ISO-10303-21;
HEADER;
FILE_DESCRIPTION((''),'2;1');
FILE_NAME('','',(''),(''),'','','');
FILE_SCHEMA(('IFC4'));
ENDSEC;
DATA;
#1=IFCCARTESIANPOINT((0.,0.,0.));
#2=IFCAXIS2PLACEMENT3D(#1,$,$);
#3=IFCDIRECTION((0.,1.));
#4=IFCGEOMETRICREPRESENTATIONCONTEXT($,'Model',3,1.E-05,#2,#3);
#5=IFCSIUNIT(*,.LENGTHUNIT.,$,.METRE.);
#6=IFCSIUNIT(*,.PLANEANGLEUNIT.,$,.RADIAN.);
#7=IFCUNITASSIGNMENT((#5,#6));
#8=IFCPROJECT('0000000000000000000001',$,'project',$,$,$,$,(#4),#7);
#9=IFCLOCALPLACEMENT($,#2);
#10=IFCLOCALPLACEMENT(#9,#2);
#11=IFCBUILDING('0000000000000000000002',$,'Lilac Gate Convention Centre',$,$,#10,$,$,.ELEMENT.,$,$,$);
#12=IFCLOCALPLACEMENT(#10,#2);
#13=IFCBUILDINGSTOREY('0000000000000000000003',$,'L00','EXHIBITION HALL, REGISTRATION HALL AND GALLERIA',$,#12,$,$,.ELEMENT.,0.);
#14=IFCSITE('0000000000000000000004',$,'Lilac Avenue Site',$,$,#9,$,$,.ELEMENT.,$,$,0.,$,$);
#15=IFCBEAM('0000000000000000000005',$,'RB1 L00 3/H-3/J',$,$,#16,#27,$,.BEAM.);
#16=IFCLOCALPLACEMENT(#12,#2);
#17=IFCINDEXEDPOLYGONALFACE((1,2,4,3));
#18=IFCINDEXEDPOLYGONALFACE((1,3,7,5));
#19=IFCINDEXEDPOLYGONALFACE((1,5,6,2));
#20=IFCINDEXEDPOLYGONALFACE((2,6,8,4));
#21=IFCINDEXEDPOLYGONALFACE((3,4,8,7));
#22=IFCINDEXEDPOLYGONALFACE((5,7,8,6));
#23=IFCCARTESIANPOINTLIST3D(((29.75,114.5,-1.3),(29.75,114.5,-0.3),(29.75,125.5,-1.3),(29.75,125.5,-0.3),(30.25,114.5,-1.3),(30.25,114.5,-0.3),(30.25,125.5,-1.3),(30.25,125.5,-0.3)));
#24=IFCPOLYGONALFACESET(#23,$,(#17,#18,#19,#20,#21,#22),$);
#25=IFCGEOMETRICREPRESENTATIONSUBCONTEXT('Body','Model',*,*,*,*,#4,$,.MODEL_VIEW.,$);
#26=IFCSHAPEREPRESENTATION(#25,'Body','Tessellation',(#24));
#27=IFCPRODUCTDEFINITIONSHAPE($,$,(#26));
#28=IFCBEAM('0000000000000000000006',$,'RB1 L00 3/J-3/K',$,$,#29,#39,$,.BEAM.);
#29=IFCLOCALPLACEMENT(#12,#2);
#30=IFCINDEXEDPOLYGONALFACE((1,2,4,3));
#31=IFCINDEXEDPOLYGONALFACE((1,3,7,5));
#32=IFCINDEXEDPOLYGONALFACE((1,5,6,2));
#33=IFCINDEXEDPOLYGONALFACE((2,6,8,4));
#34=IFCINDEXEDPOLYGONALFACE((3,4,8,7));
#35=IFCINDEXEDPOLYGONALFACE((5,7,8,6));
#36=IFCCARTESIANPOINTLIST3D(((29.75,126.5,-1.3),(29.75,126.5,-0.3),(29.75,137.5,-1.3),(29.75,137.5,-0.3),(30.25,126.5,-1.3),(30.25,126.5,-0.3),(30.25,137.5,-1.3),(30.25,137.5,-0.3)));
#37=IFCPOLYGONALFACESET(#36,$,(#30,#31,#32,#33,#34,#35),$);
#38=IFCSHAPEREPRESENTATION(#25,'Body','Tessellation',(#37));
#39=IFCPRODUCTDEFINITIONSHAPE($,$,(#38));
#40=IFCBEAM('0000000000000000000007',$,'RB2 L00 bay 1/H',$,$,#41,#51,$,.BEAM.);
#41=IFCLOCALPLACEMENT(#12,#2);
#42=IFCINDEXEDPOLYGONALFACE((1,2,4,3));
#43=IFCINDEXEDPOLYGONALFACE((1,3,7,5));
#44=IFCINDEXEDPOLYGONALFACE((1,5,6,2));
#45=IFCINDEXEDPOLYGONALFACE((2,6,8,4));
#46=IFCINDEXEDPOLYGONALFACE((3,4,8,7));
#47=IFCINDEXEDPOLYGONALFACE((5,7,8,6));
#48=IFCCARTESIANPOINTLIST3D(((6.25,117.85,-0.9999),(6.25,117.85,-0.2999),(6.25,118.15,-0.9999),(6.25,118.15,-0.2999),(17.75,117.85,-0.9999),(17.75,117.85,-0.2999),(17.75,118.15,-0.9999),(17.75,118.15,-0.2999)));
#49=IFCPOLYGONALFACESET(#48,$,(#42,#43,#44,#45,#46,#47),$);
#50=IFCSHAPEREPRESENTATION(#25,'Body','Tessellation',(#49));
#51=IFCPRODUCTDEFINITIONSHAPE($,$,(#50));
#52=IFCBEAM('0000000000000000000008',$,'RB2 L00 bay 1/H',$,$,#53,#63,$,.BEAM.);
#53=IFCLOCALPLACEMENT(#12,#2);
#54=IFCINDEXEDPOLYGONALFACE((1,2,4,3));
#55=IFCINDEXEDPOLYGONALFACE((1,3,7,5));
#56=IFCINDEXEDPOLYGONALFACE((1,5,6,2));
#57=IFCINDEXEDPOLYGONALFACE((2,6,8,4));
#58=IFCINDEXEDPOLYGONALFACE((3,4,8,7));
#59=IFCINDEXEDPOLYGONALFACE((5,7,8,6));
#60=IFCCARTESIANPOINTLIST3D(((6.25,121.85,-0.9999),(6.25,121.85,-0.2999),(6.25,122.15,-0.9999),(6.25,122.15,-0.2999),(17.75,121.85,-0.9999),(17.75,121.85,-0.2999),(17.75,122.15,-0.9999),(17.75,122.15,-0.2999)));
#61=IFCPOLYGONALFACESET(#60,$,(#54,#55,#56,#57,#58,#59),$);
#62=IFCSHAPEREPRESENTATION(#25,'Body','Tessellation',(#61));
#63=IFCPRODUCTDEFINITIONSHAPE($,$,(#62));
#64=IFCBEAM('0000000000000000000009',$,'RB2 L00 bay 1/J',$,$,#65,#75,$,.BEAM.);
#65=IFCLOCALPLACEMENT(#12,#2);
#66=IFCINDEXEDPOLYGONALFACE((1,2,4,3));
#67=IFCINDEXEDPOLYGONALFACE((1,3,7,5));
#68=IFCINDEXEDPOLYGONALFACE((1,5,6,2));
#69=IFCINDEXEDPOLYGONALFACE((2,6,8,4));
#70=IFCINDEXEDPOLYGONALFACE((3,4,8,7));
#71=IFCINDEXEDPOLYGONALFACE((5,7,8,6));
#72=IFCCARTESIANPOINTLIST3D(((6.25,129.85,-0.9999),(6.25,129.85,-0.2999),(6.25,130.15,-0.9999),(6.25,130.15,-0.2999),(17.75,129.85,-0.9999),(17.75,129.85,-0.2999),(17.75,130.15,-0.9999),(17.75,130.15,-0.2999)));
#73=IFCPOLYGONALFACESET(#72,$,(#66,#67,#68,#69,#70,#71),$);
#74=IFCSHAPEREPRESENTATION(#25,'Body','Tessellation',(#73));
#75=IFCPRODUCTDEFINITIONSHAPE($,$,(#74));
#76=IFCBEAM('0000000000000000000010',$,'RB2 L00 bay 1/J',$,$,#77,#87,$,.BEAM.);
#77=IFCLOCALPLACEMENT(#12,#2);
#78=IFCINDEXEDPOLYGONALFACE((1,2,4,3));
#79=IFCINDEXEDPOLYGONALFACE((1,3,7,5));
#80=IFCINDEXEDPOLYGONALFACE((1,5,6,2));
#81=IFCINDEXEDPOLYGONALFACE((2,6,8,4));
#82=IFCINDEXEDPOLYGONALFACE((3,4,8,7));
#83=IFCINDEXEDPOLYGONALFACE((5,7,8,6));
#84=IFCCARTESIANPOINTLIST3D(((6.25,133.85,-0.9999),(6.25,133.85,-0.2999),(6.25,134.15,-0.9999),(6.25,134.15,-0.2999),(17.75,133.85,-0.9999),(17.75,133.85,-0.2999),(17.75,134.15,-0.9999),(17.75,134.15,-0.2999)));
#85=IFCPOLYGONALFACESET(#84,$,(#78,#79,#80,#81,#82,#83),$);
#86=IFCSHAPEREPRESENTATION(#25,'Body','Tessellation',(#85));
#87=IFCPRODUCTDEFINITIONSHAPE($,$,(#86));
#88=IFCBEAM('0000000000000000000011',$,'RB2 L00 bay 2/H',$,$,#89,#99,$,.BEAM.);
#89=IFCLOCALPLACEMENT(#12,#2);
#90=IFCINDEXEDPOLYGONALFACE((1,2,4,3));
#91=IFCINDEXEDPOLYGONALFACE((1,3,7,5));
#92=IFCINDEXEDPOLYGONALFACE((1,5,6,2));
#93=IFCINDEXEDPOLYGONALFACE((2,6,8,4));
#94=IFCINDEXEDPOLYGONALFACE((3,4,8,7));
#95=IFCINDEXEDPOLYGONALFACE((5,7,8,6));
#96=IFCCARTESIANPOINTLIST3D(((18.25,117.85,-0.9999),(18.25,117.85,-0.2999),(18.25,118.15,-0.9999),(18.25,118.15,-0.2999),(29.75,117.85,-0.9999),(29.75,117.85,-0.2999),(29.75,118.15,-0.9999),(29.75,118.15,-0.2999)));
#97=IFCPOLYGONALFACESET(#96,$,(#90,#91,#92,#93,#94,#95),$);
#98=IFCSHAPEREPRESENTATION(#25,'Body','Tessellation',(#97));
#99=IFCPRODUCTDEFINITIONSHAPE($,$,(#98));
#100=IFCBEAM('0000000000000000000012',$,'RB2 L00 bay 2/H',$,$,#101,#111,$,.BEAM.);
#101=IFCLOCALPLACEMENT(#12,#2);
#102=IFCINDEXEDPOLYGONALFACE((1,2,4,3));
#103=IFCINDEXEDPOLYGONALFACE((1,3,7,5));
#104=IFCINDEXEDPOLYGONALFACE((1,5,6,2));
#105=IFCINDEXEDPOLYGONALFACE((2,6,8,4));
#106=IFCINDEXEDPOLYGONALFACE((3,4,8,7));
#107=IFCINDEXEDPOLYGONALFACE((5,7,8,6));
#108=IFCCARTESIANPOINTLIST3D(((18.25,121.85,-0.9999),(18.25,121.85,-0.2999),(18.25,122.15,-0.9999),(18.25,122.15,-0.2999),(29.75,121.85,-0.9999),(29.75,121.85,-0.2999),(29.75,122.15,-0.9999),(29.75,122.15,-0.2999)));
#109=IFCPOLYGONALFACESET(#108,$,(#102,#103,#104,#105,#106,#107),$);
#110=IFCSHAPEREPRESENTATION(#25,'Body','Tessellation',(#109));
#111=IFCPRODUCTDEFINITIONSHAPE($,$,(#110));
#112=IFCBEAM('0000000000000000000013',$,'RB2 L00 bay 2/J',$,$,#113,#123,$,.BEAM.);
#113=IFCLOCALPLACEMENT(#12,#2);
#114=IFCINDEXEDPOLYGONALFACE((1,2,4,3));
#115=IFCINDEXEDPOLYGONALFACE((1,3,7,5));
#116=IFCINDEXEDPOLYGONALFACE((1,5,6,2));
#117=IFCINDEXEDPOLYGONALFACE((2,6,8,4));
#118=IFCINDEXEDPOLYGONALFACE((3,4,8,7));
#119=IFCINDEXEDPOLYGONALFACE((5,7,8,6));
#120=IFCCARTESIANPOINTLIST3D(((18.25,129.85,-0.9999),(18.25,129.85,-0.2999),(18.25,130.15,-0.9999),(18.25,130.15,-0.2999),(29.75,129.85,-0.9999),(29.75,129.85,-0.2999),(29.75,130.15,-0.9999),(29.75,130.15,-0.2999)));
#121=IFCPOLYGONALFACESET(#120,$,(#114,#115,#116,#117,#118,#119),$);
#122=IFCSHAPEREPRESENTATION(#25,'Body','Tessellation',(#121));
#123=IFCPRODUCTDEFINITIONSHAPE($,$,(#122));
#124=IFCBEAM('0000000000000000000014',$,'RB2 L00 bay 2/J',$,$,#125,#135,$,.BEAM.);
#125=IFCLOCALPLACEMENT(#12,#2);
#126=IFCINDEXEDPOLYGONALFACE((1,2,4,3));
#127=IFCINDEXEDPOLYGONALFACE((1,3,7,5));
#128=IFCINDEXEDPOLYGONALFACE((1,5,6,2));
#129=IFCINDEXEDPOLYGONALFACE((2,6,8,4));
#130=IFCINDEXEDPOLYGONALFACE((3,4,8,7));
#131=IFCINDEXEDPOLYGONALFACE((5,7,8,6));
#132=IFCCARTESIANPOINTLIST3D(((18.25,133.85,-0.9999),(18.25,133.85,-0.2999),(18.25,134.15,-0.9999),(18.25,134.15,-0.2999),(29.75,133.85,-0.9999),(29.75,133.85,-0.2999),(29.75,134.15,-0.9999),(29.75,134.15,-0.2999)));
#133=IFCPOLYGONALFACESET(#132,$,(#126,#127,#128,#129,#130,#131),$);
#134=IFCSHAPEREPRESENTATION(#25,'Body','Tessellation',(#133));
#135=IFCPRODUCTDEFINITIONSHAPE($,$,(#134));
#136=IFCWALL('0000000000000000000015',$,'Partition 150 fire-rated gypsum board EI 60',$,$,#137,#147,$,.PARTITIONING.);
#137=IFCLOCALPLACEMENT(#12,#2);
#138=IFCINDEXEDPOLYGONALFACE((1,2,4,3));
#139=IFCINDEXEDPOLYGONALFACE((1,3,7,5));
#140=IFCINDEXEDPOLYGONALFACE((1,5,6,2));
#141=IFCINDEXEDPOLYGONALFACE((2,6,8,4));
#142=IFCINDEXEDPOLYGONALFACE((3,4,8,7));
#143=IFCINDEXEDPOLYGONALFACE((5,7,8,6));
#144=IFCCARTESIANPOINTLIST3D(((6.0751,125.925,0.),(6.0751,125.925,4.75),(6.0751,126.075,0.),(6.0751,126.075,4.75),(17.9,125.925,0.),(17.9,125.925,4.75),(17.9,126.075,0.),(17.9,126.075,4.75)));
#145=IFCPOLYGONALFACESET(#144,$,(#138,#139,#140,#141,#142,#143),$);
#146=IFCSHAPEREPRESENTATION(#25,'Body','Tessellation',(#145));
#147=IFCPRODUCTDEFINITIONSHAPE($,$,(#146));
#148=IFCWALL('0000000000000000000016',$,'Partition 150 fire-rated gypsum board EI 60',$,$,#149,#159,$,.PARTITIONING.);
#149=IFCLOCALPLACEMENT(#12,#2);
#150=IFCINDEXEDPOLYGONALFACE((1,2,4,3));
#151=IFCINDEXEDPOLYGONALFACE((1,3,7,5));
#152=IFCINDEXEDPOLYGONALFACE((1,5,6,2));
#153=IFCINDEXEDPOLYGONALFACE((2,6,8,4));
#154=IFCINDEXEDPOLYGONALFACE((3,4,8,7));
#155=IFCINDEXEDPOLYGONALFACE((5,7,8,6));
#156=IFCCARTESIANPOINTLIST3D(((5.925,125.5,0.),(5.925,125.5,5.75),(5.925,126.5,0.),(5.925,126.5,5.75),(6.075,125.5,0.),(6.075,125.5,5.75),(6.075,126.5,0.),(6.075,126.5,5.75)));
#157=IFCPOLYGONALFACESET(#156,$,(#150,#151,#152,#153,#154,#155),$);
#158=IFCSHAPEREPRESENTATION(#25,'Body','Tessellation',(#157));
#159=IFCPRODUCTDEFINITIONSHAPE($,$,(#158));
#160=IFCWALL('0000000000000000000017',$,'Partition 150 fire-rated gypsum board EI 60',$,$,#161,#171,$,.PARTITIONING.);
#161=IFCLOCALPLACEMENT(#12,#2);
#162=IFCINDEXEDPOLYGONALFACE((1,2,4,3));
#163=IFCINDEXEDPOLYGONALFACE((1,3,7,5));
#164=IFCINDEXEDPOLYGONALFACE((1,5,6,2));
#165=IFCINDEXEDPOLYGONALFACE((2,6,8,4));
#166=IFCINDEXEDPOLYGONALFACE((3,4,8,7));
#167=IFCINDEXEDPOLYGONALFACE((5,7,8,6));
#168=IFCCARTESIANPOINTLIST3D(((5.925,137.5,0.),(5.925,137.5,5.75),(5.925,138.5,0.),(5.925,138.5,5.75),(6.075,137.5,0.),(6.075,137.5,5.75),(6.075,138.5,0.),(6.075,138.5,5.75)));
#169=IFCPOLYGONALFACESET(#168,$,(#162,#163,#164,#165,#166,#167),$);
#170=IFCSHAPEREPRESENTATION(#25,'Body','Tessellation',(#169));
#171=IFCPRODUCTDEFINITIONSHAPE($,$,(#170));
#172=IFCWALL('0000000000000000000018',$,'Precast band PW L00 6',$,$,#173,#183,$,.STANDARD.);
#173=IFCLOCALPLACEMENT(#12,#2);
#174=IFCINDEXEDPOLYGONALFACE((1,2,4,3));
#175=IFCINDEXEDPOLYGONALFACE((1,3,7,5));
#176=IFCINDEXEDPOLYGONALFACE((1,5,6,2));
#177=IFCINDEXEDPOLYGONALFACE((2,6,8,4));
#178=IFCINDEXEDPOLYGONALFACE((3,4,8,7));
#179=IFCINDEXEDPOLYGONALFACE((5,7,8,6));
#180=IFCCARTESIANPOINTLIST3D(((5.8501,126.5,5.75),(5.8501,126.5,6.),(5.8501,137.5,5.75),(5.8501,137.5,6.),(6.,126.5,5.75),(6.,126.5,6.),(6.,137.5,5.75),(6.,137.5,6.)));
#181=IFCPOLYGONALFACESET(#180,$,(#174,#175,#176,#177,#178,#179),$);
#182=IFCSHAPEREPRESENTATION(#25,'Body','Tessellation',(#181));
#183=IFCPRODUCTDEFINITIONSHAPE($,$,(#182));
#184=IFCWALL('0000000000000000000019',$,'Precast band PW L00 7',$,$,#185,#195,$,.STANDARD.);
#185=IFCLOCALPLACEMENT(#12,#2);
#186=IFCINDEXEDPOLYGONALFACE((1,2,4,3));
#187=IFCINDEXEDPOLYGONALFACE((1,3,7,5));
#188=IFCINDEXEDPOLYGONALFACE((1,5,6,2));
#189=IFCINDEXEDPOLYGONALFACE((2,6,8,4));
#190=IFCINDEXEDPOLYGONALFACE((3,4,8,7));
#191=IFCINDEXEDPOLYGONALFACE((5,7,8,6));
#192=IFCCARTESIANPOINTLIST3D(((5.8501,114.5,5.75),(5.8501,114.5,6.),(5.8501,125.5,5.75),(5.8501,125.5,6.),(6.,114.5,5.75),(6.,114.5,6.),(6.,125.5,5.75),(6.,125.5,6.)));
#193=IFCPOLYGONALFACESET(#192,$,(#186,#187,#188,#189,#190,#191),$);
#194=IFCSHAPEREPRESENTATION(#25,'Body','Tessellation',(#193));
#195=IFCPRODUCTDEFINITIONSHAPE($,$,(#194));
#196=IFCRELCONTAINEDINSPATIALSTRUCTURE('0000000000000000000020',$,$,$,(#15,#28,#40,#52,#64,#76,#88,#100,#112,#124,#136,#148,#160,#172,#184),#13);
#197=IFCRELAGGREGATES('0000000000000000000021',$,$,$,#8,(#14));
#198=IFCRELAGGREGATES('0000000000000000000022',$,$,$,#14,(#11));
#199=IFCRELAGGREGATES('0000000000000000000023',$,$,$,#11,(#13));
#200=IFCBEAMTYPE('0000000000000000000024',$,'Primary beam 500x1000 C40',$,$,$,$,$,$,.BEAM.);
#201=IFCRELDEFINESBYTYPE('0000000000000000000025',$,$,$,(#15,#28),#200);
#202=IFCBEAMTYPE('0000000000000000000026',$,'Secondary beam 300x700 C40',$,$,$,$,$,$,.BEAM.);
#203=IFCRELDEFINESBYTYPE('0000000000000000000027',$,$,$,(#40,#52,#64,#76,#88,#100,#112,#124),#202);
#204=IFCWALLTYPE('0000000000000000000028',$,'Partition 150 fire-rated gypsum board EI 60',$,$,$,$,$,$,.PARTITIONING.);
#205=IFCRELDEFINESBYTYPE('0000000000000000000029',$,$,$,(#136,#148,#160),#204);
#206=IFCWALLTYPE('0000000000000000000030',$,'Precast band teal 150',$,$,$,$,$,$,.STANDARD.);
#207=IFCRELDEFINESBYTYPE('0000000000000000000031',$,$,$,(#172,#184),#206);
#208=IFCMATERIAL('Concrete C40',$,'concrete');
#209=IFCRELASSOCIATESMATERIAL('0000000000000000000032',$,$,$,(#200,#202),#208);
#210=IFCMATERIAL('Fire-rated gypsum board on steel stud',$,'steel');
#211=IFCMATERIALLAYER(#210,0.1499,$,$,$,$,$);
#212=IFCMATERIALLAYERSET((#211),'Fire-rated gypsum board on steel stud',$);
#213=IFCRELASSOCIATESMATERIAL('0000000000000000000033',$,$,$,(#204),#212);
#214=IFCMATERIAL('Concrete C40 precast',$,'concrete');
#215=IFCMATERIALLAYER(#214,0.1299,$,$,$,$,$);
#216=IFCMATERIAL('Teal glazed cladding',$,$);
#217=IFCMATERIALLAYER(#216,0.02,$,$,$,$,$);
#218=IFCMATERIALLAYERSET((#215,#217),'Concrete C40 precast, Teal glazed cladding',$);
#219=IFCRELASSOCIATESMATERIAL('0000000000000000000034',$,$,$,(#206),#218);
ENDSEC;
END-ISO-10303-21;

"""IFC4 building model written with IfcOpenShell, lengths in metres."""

from ifc_helpers import new_model, si_unit, direction, frame, frame_2d, origin, origin_2d, place, context, subcontext, project, spatial, rectangle, extrude, material, layer, layer_set, material_profile, profile_set, type_object, element, save


model = new_model("IFC4")

# Units and contexts
model_context = context("Model", 3, precision=1e-05, world=origin(), true_north=direction((0.0, 1.0)))
body_context = subcontext(model_context, "Body", "Model", "MODEL_VIEW")
ifc_project = project(units=[si_unit("LENGTHUNIT", "METRE"), si_unit("PLANEANGLEUNIT", "RADIAN")], contexts=[model_context])

# Site, building, storey
site_placement = place(None, origin())
site = spatial("IfcSite", under=ifc_project, at=site_placement, Name="Lilac Avenue Site", CompositionType="ELEMENT", RefElevation=0.0)
building_placement = place(site_placement, origin())
building = spatial("IfcBuilding", under=site, at=building_placement, Name="Lilac Gate Convention Centre", CompositionType="ELEMENT")
storey_placement = place(building_placement, origin())
storey = spatial("IfcBuildingStorey", under=building, at=storey_placement, Name="L00", Description="EXHIBITION HALL, REGISTRATION HALL AND GALLERIA", CompositionType="ELEMENT", Elevation=0.0)

# Shared definitions
ifc_material_1 = material(Name="Concrete C40", Category="concrete")

# Beams
ifc_material_profile_1 = material_profile(ifc_material_1, rectangle(XDim=0.5, YDim=1.0, at=origin_2d()), Name="RC 500x1000")
ifc_profile_set_1 = profile_set([ifc_material_profile_1], Name="Concrete C40")
beam_type_1 = type_object("IfcBeamType", Name="Primary beam 500x1000 C40", PredefinedType="BEAM", material=ifc_profile_set_1)
for number, where, z_axis, x_axis, name in (
    (1, (30.0, 114.5, -0.8), (0.0, 1.0, 0.0), (-1.0, 0.0, 0.0), "RB1 L00 3/H-3/J"),
    (2, (30.0, 126.5, -0.8), (0.0, 1.0, 0.0), (-1.0, 0.0, 0.0), "RB1 L00 3/J-3/K"),
):
    element("IfcBeam", number, at=place(storey_placement, frame(where, z_axis=z_axis, x_axis=x_axis)), inside=storey, type_object=beam_type_1, Name=name, PredefinedType="BEAM", context=body_context, shape_type="SweptSolid", body=[
        extrude(rectangle(XDim=0.5, YDim=1.0, at=origin_2d()), origin(), (0.0, 0.0, 1.0), 11.0),
    ])
ifc_material_profile_2 = material_profile(ifc_material_1, rectangle(XDim=0.3, YDim=0.7, at=origin_2d()), Name="RC 300x700")
ifc_profile_set_2 = profile_set([ifc_material_profile_2], Name="Concrete C40")
beam_type_2 = type_object("IfcBeamType", Name="Secondary beam 300x700 C40", PredefinedType="BEAM", material=ifc_profile_set_2)
for number, where, z_axis, x_axis, name in (
    (3, (6.25, 118.0, -0.6499), (1.0, 0.0, 0.0), (0.0, 1.0, 0.0), "RB2 L00 bay 1/H"),
    (4, (6.25, 122.0, -0.6499), (1.0, 0.0, 0.0), (0.0, 1.0, 0.0), "RB2 L00 bay 1/H"),
    (5, (6.25, 130.0, -0.6499), (1.0, 0.0, 0.0), (0.0, 1.0, 0.0), "RB2 L00 bay 1/J"),
    (6, (6.25, 134.0, -0.6499), (1.0, 0.0, 0.0), (0.0, 1.0, 0.0), "RB2 L00 bay 1/J"),
    (7, (18.25, 118.0, -0.6499), (1.0, 0.0, 0.0), (0.0, 1.0, 0.0), "RB2 L00 bay 2/H"),
    (8, (18.25, 122.0, -0.6499), (1.0, 0.0, 0.0), (0.0, 1.0, 0.0), "RB2 L00 bay 2/H"),
    (9, (18.25, 130.0, -0.6499), (1.0, 0.0, 0.0), (0.0, 1.0, 0.0), "RB2 L00 bay 2/J"),
    (10, (18.25, 134.0, -0.6499), (1.0, 0.0, 0.0), (0.0, 1.0, 0.0), "RB2 L00 bay 2/J"),
):
    element("IfcBeam", number, at=place(storey_placement, frame(where, z_axis=z_axis, x_axis=x_axis)), inside=storey, type_object=beam_type_2, Name=name, PredefinedType="BEAM", context=body_context, shape_type="SweptSolid", body=[
        extrude(rectangle(XDim=0.3, YDim=0.7, at=origin_2d()), origin(), (0.0, 0.0, 1.0), 11.5),
    ])

# Walls
ifc_material_2 = material(Name="Fire-rated gypsum board on steel stud", Category="steel")
ifc_layer_1 = layer(ifc_material_2, 0.1499)
ifc_layer_set_1 = layer_set([ifc_layer_1], Name="Fire-rated gypsum board on steel stud")
wall_type_1 = type_object("IfcWallType", Name="Partition 150 fire-rated gypsum board EI 60", PredefinedType="PARTITIONING", material=ifc_layer_set_1)
wall_1_placement = place(storey_placement, frame((6.075, 126.0, 0.0), z_axis=(0.0, 0.0, 1.0), x_axis=(1.0, 0.0, 0.0)))
element("IfcWall", 11, at=wall_1_placement, inside=storey, type_object=wall_type_1, Name="Partition 150 fire-rated gypsum board EI 60", PredefinedType="PARTITIONING", context=body_context, shape_type="SweptSolid", body=[
    extrude(rectangle(XDim=11.825, YDim=0.1499, at=frame_2d((5.9126, 0.0))), origin(), (0.0, 0.0, 1.0), 4.75),
])
for number, where, z_axis, x_axis, name in (
    (12, (6.0, 125.5, 0.0), (0.0, 0.0, 1.0), (0.0, 1.0, 0.0), "Partition 150 fire-rated gypsum board EI 60"),
    (13, (6.0, 137.5, 0.0), (0.0, 0.0, 1.0), (0.0, 1.0, 0.0), "Partition 150 fire-rated gypsum board EI 60"),
):
    element("IfcWall", number, at=place(storey_placement, frame(where, z_axis=z_axis, x_axis=x_axis)), inside=storey, type_object=wall_type_1, Name=name, PredefinedType="PARTITIONING", context=body_context, shape_type="SweptSolid", body=[
        extrude(rectangle(XDim=1.0, YDim=0.1499, at=frame_2d((0.5, 0.0))), origin(), (0.0, 0.0, 1.0), 5.75),
    ])

# Shared definitions
ifc_material_3 = material(Name="Concrete C40 precast", Category="concrete")

# Walls
ifc_layer_2 = layer(ifc_material_3, 0.1299)
ifc_material_4 = material(Name="Teal glazed cladding")
ifc_layer_3 = layer(ifc_material_4, 0.02)
ifc_layer_set_2 = layer_set([ifc_layer_2, ifc_layer_3], Name="Concrete C40 precast, Teal glazed cladding")
wall_type_2 = type_object("IfcWallType", Name="Precast band teal 150", PredefinedType="STANDARD", material=ifc_layer_set_2)
for number, where, z_axis, x_axis, name in (
    (14, (5.925, 137.5, 5.75), (0.0, 0.0, 1.0), (0.0, -1.0, 0.0), "Precast band PW L00 6"),
    (15, (5.925, 125.5, 5.75), (0.0, 0.0, 1.0), (0.0, -1.0, 0.0), "Precast band PW L00 7"),
):
    element("IfcWall", number, at=place(storey_placement, frame(where, z_axis=z_axis, x_axis=x_axis)), inside=storey, type_object=wall_type_2, Name=name, PredefinedType="STANDARD", context=body_context, shape_type="SweptSolid", body=[
        extrude(rectangle(XDim=11.0, YDim=0.1499, at=frame_2d((5.5, 0.0))), origin(), (0.0, 0.0, 1.0), 0.25),
    ])

save(model, "model.ifc")
